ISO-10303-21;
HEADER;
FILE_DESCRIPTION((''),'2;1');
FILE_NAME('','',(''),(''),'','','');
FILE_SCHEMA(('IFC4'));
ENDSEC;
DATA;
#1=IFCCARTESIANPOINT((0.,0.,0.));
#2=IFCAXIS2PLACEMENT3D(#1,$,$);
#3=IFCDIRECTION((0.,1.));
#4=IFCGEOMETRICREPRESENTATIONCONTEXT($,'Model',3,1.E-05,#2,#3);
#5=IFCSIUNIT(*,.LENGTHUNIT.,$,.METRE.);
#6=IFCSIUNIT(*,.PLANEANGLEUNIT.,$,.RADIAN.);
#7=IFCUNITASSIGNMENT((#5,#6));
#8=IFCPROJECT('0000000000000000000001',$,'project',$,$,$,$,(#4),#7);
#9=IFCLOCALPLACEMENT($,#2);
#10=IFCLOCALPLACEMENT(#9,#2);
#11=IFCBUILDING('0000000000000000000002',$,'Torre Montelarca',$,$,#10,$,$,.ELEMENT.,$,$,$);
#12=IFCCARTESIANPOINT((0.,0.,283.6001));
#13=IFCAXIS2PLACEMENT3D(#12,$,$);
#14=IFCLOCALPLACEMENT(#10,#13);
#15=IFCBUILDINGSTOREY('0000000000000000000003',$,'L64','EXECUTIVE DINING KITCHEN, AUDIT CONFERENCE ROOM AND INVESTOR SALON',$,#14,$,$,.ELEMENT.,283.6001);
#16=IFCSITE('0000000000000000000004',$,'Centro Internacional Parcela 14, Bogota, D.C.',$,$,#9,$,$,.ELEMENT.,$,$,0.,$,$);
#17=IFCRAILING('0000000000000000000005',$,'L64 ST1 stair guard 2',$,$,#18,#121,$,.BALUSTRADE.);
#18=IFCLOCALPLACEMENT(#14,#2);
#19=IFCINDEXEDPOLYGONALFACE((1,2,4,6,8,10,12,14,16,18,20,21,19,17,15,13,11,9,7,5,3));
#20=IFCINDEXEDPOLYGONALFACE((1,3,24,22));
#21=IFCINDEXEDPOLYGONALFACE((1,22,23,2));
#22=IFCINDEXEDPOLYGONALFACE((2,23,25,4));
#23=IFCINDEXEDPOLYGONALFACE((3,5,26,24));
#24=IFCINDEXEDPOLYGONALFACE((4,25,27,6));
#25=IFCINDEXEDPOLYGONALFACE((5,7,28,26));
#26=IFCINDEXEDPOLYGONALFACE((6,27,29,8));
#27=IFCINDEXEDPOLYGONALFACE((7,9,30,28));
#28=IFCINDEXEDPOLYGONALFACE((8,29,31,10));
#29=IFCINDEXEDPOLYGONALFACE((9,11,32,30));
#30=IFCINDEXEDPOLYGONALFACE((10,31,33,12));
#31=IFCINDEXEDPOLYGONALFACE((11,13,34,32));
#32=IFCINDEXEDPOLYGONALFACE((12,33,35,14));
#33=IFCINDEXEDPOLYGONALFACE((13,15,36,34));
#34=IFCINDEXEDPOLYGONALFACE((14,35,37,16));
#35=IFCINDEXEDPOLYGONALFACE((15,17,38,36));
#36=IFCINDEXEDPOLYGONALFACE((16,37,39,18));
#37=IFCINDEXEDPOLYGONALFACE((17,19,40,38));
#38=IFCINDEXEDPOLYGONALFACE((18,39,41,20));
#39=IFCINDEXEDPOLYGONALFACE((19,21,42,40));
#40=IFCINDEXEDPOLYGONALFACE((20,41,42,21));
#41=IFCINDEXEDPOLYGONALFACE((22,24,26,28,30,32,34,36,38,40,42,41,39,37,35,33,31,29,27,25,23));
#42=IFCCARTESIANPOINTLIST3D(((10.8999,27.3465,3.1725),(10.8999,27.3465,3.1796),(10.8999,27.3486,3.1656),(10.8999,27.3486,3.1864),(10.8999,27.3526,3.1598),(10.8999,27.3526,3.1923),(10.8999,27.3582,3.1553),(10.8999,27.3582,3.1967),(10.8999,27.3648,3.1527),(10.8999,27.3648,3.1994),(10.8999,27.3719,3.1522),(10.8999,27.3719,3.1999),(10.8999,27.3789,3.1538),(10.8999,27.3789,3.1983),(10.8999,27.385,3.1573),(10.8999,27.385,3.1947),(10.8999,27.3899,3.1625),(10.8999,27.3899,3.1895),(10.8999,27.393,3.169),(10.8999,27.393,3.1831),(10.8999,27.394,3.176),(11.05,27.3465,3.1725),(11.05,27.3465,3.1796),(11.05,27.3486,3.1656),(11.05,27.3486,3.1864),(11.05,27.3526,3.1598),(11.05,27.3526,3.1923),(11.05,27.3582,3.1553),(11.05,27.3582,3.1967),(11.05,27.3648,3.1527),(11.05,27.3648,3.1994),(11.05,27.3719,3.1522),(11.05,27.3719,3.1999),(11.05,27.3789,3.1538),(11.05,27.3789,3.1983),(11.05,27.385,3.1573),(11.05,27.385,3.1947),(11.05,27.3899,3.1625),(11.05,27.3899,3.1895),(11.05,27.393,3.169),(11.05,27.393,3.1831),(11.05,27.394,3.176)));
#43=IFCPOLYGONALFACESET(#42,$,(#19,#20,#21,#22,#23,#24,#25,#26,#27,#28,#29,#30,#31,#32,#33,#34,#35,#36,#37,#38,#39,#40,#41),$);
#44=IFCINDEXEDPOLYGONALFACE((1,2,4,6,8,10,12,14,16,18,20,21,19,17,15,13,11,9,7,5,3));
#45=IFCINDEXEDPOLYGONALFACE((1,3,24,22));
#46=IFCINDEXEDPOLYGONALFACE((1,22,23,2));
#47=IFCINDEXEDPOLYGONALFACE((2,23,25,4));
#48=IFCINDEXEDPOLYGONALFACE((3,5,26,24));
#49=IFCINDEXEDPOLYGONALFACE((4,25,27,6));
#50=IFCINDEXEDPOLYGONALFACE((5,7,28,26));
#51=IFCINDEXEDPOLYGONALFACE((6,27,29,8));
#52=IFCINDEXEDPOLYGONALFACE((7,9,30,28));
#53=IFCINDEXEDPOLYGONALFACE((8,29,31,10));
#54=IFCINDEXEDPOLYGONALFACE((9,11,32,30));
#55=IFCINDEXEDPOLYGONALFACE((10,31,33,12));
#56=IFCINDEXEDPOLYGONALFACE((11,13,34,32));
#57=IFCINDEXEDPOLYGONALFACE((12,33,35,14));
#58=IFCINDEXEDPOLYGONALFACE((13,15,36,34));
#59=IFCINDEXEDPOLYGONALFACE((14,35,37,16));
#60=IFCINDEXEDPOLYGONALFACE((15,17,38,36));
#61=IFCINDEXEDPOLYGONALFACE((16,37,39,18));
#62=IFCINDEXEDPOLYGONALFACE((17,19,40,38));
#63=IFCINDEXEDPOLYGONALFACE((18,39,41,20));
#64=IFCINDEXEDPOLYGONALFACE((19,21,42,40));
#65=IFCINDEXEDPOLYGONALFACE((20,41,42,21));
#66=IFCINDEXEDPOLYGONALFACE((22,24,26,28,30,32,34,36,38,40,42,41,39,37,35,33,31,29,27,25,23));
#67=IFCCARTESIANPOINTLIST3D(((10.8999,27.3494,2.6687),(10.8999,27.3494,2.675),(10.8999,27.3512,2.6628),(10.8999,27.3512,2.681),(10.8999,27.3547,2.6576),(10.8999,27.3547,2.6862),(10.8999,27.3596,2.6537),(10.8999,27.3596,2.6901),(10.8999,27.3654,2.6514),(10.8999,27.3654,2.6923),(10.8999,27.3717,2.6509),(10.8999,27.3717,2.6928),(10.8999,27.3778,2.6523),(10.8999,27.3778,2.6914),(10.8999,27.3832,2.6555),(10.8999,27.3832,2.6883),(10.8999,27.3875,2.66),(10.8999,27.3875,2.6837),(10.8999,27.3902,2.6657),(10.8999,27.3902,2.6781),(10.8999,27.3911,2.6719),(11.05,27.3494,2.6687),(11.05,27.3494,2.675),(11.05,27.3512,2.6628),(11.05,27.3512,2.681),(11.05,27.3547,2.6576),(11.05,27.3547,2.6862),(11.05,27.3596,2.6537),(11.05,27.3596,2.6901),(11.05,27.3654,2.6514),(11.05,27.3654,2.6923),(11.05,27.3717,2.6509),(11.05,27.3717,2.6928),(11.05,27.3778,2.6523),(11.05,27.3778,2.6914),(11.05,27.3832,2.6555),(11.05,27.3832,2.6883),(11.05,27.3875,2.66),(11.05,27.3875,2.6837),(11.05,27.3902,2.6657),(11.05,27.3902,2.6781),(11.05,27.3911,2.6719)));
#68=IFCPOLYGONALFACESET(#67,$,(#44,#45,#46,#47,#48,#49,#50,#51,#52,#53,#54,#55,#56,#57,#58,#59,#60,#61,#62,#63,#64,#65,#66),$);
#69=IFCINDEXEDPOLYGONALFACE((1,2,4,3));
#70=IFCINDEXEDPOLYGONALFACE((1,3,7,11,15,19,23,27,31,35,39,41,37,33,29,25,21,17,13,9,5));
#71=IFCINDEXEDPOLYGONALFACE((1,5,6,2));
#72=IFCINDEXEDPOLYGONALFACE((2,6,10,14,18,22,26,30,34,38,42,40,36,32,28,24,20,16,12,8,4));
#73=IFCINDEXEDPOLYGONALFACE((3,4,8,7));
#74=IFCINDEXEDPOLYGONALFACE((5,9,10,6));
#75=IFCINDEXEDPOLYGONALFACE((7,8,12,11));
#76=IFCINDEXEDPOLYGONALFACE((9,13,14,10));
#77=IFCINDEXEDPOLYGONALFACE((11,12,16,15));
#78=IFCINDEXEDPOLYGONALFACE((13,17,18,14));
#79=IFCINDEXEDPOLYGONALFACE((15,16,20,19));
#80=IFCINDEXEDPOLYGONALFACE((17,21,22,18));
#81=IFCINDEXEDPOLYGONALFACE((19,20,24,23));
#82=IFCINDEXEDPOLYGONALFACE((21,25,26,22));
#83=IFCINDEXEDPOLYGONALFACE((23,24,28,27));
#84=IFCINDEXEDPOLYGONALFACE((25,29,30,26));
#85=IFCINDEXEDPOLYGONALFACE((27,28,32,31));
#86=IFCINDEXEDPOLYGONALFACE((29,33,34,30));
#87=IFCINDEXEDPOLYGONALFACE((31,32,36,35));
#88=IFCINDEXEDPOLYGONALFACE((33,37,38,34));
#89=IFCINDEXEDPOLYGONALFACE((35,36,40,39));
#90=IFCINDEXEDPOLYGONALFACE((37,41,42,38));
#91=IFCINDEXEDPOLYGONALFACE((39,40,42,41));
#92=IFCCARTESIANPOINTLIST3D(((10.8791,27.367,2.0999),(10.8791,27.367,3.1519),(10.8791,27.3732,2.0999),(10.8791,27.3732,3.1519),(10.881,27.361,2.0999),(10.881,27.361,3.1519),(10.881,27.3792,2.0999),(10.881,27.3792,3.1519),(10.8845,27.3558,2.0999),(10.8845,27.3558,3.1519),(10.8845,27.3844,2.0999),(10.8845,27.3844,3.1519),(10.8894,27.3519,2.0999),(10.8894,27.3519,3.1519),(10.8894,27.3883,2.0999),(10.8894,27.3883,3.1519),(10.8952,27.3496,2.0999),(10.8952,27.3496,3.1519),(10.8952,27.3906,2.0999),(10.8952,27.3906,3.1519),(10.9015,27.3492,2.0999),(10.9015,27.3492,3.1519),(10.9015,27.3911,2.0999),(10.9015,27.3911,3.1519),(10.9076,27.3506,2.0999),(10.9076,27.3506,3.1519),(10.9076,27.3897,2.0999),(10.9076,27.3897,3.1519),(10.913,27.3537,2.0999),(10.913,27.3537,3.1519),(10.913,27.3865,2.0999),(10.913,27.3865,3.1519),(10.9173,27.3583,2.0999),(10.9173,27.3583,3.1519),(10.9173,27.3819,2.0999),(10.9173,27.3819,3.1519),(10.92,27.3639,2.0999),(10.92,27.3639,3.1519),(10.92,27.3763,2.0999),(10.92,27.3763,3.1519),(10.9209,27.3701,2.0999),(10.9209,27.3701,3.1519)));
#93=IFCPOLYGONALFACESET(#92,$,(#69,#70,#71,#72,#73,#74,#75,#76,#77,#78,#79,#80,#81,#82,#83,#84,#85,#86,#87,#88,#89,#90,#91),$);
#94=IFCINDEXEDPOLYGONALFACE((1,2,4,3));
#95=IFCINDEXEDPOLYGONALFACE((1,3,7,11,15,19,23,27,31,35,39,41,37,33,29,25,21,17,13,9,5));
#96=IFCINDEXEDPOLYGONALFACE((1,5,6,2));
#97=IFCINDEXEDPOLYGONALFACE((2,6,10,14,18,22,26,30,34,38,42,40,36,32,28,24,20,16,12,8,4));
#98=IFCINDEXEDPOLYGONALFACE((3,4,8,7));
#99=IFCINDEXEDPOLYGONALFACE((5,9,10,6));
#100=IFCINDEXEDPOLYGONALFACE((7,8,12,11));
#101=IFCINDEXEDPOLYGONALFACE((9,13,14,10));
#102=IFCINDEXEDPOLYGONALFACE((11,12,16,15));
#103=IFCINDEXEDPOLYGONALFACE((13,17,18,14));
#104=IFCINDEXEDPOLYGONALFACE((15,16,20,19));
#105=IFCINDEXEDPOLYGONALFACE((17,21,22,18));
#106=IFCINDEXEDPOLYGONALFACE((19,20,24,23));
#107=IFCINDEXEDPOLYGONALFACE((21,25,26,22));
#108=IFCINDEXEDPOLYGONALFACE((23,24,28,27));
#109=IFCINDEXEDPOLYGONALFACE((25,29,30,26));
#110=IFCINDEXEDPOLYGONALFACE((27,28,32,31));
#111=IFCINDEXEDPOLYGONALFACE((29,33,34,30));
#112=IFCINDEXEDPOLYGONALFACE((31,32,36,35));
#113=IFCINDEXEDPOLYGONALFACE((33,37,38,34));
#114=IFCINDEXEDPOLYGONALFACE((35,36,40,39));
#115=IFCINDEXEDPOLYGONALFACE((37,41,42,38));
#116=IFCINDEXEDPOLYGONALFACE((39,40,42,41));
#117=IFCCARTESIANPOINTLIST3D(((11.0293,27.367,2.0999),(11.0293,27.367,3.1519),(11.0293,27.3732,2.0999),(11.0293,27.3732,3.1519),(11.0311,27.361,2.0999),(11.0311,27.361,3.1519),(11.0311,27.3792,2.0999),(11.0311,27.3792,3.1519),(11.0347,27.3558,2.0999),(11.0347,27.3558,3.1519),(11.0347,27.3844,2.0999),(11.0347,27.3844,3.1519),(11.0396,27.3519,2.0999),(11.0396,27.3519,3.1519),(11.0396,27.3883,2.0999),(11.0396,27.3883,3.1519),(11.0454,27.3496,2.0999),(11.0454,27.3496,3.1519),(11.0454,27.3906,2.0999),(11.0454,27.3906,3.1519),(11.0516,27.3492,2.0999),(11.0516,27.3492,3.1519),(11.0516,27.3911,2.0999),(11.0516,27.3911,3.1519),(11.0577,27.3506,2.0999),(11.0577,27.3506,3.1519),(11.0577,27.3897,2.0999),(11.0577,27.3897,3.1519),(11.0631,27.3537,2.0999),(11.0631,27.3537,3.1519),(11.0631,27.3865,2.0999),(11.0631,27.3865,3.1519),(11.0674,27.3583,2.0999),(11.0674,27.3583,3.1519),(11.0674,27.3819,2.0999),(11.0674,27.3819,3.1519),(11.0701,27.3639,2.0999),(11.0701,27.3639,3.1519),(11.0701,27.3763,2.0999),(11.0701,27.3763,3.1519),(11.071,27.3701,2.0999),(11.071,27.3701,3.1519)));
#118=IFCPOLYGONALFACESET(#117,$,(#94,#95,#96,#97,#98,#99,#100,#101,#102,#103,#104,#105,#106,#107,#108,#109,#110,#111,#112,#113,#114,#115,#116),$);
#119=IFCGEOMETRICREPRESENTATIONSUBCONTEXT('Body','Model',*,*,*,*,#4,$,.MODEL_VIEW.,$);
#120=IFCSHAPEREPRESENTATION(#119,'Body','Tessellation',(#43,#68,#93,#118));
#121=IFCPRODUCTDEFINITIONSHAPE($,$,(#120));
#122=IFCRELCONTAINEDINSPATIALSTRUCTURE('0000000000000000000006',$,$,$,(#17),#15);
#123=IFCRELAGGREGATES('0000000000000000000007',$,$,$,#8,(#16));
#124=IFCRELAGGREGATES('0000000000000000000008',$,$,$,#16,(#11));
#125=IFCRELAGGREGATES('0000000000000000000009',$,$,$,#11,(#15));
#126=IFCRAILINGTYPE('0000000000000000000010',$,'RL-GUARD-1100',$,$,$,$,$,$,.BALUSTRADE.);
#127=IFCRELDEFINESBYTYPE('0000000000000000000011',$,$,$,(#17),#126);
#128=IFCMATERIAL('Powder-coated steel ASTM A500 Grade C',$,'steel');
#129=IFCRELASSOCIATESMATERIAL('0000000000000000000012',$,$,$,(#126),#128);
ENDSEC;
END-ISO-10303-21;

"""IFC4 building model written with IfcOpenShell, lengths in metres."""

from ifc_helpers import new_model, si_unit, direction, frame, origin, origin_2d, place, context, subcontext, project, spatial, circle, extrude, material, type_object, element, save


model = new_model("IFC4")

# Units and contexts
model_context = context("Model", 3, precision=1e-05, world=origin(), true_north=direction((0.0, 1.0)))
body_context = subcontext(model_context, "Body", "Model", "MODEL_VIEW")
ifc_project = project(units=[si_unit("LENGTHUNIT", "METRE"), si_unit("PLANEANGLEUNIT", "RADIAN")], contexts=[model_context])

# Site, building, storey
site_placement = place(None, origin())
site = spatial("IfcSite", under=ifc_project, at=site_placement, Name="Centro Internacional Parcela 14, Bogota, D.C.", CompositionType="ELEMENT", RefElevation=0.0)
building_placement = place(site_placement, origin())
building = spatial("IfcBuilding", under=site, at=building_placement, Name="Torre Montelarca", CompositionType="ELEMENT")
storey_placement = place(building_placement, frame((0.0, 0.0, 283.6001)))
storey = spatial("IfcBuildingStorey", under=building, at=storey_placement, Name="L64", Description="EXECUTIVE DINING KITCHEN, AUDIT CONFERENCE ROOM AND INVESTOR SALON", CompositionType="ELEMENT", Elevation=283.6001)

# Railing
ifc_material_1 = material(Name="Powder-coated steel ASTM A500 Grade C", Category="steel")
railing_type_1 = type_object("IfcRailingType", Name="RL-GUARD-1100", PredefinedType="BALUSTRADE", material=ifc_material_1)
railing_1_placement = place(storey_placement, frame((10.8999, 27.3701, 2.0999)))
element("IfcRailing", 1, at=railing_1_placement, inside=storey, type_object=railing_type_1, Name="L64 ST1 stair guard 2", PredefinedType="BALUSTRADE", context=body_context, shape_type="SweptSolid", body=[
    extrude(circle(Radius=0.0239, at=origin_2d()), frame((0.0, 0.0, 1.0762), z_axis=(1.0, 0.0, 0.0), x_axis=(0.0, 1.0, 0.0)), (0.0, 0.0, 1.0), 0.1501),
    extrude(circle(Radius=0.021, at=origin_2d()), frame((0.0, 0.0, 0.572), z_axis=(1.0, 0.0, 0.0), x_axis=(0.0, 1.0, 0.0)), (0.0, 0.0, 1.0), 0.1501),
    extrude(circle(Radius=0.021, at=origin_2d()), origin(), (0.0, 0.0, 1.0), 1.052),
    extrude(circle(Radius=0.021, at=origin_2d()), frame((0.1501, 0.0, 0.0)), (0.0, 0.0, 1.0), 1.052),
])

save(model, "model.ifc")
